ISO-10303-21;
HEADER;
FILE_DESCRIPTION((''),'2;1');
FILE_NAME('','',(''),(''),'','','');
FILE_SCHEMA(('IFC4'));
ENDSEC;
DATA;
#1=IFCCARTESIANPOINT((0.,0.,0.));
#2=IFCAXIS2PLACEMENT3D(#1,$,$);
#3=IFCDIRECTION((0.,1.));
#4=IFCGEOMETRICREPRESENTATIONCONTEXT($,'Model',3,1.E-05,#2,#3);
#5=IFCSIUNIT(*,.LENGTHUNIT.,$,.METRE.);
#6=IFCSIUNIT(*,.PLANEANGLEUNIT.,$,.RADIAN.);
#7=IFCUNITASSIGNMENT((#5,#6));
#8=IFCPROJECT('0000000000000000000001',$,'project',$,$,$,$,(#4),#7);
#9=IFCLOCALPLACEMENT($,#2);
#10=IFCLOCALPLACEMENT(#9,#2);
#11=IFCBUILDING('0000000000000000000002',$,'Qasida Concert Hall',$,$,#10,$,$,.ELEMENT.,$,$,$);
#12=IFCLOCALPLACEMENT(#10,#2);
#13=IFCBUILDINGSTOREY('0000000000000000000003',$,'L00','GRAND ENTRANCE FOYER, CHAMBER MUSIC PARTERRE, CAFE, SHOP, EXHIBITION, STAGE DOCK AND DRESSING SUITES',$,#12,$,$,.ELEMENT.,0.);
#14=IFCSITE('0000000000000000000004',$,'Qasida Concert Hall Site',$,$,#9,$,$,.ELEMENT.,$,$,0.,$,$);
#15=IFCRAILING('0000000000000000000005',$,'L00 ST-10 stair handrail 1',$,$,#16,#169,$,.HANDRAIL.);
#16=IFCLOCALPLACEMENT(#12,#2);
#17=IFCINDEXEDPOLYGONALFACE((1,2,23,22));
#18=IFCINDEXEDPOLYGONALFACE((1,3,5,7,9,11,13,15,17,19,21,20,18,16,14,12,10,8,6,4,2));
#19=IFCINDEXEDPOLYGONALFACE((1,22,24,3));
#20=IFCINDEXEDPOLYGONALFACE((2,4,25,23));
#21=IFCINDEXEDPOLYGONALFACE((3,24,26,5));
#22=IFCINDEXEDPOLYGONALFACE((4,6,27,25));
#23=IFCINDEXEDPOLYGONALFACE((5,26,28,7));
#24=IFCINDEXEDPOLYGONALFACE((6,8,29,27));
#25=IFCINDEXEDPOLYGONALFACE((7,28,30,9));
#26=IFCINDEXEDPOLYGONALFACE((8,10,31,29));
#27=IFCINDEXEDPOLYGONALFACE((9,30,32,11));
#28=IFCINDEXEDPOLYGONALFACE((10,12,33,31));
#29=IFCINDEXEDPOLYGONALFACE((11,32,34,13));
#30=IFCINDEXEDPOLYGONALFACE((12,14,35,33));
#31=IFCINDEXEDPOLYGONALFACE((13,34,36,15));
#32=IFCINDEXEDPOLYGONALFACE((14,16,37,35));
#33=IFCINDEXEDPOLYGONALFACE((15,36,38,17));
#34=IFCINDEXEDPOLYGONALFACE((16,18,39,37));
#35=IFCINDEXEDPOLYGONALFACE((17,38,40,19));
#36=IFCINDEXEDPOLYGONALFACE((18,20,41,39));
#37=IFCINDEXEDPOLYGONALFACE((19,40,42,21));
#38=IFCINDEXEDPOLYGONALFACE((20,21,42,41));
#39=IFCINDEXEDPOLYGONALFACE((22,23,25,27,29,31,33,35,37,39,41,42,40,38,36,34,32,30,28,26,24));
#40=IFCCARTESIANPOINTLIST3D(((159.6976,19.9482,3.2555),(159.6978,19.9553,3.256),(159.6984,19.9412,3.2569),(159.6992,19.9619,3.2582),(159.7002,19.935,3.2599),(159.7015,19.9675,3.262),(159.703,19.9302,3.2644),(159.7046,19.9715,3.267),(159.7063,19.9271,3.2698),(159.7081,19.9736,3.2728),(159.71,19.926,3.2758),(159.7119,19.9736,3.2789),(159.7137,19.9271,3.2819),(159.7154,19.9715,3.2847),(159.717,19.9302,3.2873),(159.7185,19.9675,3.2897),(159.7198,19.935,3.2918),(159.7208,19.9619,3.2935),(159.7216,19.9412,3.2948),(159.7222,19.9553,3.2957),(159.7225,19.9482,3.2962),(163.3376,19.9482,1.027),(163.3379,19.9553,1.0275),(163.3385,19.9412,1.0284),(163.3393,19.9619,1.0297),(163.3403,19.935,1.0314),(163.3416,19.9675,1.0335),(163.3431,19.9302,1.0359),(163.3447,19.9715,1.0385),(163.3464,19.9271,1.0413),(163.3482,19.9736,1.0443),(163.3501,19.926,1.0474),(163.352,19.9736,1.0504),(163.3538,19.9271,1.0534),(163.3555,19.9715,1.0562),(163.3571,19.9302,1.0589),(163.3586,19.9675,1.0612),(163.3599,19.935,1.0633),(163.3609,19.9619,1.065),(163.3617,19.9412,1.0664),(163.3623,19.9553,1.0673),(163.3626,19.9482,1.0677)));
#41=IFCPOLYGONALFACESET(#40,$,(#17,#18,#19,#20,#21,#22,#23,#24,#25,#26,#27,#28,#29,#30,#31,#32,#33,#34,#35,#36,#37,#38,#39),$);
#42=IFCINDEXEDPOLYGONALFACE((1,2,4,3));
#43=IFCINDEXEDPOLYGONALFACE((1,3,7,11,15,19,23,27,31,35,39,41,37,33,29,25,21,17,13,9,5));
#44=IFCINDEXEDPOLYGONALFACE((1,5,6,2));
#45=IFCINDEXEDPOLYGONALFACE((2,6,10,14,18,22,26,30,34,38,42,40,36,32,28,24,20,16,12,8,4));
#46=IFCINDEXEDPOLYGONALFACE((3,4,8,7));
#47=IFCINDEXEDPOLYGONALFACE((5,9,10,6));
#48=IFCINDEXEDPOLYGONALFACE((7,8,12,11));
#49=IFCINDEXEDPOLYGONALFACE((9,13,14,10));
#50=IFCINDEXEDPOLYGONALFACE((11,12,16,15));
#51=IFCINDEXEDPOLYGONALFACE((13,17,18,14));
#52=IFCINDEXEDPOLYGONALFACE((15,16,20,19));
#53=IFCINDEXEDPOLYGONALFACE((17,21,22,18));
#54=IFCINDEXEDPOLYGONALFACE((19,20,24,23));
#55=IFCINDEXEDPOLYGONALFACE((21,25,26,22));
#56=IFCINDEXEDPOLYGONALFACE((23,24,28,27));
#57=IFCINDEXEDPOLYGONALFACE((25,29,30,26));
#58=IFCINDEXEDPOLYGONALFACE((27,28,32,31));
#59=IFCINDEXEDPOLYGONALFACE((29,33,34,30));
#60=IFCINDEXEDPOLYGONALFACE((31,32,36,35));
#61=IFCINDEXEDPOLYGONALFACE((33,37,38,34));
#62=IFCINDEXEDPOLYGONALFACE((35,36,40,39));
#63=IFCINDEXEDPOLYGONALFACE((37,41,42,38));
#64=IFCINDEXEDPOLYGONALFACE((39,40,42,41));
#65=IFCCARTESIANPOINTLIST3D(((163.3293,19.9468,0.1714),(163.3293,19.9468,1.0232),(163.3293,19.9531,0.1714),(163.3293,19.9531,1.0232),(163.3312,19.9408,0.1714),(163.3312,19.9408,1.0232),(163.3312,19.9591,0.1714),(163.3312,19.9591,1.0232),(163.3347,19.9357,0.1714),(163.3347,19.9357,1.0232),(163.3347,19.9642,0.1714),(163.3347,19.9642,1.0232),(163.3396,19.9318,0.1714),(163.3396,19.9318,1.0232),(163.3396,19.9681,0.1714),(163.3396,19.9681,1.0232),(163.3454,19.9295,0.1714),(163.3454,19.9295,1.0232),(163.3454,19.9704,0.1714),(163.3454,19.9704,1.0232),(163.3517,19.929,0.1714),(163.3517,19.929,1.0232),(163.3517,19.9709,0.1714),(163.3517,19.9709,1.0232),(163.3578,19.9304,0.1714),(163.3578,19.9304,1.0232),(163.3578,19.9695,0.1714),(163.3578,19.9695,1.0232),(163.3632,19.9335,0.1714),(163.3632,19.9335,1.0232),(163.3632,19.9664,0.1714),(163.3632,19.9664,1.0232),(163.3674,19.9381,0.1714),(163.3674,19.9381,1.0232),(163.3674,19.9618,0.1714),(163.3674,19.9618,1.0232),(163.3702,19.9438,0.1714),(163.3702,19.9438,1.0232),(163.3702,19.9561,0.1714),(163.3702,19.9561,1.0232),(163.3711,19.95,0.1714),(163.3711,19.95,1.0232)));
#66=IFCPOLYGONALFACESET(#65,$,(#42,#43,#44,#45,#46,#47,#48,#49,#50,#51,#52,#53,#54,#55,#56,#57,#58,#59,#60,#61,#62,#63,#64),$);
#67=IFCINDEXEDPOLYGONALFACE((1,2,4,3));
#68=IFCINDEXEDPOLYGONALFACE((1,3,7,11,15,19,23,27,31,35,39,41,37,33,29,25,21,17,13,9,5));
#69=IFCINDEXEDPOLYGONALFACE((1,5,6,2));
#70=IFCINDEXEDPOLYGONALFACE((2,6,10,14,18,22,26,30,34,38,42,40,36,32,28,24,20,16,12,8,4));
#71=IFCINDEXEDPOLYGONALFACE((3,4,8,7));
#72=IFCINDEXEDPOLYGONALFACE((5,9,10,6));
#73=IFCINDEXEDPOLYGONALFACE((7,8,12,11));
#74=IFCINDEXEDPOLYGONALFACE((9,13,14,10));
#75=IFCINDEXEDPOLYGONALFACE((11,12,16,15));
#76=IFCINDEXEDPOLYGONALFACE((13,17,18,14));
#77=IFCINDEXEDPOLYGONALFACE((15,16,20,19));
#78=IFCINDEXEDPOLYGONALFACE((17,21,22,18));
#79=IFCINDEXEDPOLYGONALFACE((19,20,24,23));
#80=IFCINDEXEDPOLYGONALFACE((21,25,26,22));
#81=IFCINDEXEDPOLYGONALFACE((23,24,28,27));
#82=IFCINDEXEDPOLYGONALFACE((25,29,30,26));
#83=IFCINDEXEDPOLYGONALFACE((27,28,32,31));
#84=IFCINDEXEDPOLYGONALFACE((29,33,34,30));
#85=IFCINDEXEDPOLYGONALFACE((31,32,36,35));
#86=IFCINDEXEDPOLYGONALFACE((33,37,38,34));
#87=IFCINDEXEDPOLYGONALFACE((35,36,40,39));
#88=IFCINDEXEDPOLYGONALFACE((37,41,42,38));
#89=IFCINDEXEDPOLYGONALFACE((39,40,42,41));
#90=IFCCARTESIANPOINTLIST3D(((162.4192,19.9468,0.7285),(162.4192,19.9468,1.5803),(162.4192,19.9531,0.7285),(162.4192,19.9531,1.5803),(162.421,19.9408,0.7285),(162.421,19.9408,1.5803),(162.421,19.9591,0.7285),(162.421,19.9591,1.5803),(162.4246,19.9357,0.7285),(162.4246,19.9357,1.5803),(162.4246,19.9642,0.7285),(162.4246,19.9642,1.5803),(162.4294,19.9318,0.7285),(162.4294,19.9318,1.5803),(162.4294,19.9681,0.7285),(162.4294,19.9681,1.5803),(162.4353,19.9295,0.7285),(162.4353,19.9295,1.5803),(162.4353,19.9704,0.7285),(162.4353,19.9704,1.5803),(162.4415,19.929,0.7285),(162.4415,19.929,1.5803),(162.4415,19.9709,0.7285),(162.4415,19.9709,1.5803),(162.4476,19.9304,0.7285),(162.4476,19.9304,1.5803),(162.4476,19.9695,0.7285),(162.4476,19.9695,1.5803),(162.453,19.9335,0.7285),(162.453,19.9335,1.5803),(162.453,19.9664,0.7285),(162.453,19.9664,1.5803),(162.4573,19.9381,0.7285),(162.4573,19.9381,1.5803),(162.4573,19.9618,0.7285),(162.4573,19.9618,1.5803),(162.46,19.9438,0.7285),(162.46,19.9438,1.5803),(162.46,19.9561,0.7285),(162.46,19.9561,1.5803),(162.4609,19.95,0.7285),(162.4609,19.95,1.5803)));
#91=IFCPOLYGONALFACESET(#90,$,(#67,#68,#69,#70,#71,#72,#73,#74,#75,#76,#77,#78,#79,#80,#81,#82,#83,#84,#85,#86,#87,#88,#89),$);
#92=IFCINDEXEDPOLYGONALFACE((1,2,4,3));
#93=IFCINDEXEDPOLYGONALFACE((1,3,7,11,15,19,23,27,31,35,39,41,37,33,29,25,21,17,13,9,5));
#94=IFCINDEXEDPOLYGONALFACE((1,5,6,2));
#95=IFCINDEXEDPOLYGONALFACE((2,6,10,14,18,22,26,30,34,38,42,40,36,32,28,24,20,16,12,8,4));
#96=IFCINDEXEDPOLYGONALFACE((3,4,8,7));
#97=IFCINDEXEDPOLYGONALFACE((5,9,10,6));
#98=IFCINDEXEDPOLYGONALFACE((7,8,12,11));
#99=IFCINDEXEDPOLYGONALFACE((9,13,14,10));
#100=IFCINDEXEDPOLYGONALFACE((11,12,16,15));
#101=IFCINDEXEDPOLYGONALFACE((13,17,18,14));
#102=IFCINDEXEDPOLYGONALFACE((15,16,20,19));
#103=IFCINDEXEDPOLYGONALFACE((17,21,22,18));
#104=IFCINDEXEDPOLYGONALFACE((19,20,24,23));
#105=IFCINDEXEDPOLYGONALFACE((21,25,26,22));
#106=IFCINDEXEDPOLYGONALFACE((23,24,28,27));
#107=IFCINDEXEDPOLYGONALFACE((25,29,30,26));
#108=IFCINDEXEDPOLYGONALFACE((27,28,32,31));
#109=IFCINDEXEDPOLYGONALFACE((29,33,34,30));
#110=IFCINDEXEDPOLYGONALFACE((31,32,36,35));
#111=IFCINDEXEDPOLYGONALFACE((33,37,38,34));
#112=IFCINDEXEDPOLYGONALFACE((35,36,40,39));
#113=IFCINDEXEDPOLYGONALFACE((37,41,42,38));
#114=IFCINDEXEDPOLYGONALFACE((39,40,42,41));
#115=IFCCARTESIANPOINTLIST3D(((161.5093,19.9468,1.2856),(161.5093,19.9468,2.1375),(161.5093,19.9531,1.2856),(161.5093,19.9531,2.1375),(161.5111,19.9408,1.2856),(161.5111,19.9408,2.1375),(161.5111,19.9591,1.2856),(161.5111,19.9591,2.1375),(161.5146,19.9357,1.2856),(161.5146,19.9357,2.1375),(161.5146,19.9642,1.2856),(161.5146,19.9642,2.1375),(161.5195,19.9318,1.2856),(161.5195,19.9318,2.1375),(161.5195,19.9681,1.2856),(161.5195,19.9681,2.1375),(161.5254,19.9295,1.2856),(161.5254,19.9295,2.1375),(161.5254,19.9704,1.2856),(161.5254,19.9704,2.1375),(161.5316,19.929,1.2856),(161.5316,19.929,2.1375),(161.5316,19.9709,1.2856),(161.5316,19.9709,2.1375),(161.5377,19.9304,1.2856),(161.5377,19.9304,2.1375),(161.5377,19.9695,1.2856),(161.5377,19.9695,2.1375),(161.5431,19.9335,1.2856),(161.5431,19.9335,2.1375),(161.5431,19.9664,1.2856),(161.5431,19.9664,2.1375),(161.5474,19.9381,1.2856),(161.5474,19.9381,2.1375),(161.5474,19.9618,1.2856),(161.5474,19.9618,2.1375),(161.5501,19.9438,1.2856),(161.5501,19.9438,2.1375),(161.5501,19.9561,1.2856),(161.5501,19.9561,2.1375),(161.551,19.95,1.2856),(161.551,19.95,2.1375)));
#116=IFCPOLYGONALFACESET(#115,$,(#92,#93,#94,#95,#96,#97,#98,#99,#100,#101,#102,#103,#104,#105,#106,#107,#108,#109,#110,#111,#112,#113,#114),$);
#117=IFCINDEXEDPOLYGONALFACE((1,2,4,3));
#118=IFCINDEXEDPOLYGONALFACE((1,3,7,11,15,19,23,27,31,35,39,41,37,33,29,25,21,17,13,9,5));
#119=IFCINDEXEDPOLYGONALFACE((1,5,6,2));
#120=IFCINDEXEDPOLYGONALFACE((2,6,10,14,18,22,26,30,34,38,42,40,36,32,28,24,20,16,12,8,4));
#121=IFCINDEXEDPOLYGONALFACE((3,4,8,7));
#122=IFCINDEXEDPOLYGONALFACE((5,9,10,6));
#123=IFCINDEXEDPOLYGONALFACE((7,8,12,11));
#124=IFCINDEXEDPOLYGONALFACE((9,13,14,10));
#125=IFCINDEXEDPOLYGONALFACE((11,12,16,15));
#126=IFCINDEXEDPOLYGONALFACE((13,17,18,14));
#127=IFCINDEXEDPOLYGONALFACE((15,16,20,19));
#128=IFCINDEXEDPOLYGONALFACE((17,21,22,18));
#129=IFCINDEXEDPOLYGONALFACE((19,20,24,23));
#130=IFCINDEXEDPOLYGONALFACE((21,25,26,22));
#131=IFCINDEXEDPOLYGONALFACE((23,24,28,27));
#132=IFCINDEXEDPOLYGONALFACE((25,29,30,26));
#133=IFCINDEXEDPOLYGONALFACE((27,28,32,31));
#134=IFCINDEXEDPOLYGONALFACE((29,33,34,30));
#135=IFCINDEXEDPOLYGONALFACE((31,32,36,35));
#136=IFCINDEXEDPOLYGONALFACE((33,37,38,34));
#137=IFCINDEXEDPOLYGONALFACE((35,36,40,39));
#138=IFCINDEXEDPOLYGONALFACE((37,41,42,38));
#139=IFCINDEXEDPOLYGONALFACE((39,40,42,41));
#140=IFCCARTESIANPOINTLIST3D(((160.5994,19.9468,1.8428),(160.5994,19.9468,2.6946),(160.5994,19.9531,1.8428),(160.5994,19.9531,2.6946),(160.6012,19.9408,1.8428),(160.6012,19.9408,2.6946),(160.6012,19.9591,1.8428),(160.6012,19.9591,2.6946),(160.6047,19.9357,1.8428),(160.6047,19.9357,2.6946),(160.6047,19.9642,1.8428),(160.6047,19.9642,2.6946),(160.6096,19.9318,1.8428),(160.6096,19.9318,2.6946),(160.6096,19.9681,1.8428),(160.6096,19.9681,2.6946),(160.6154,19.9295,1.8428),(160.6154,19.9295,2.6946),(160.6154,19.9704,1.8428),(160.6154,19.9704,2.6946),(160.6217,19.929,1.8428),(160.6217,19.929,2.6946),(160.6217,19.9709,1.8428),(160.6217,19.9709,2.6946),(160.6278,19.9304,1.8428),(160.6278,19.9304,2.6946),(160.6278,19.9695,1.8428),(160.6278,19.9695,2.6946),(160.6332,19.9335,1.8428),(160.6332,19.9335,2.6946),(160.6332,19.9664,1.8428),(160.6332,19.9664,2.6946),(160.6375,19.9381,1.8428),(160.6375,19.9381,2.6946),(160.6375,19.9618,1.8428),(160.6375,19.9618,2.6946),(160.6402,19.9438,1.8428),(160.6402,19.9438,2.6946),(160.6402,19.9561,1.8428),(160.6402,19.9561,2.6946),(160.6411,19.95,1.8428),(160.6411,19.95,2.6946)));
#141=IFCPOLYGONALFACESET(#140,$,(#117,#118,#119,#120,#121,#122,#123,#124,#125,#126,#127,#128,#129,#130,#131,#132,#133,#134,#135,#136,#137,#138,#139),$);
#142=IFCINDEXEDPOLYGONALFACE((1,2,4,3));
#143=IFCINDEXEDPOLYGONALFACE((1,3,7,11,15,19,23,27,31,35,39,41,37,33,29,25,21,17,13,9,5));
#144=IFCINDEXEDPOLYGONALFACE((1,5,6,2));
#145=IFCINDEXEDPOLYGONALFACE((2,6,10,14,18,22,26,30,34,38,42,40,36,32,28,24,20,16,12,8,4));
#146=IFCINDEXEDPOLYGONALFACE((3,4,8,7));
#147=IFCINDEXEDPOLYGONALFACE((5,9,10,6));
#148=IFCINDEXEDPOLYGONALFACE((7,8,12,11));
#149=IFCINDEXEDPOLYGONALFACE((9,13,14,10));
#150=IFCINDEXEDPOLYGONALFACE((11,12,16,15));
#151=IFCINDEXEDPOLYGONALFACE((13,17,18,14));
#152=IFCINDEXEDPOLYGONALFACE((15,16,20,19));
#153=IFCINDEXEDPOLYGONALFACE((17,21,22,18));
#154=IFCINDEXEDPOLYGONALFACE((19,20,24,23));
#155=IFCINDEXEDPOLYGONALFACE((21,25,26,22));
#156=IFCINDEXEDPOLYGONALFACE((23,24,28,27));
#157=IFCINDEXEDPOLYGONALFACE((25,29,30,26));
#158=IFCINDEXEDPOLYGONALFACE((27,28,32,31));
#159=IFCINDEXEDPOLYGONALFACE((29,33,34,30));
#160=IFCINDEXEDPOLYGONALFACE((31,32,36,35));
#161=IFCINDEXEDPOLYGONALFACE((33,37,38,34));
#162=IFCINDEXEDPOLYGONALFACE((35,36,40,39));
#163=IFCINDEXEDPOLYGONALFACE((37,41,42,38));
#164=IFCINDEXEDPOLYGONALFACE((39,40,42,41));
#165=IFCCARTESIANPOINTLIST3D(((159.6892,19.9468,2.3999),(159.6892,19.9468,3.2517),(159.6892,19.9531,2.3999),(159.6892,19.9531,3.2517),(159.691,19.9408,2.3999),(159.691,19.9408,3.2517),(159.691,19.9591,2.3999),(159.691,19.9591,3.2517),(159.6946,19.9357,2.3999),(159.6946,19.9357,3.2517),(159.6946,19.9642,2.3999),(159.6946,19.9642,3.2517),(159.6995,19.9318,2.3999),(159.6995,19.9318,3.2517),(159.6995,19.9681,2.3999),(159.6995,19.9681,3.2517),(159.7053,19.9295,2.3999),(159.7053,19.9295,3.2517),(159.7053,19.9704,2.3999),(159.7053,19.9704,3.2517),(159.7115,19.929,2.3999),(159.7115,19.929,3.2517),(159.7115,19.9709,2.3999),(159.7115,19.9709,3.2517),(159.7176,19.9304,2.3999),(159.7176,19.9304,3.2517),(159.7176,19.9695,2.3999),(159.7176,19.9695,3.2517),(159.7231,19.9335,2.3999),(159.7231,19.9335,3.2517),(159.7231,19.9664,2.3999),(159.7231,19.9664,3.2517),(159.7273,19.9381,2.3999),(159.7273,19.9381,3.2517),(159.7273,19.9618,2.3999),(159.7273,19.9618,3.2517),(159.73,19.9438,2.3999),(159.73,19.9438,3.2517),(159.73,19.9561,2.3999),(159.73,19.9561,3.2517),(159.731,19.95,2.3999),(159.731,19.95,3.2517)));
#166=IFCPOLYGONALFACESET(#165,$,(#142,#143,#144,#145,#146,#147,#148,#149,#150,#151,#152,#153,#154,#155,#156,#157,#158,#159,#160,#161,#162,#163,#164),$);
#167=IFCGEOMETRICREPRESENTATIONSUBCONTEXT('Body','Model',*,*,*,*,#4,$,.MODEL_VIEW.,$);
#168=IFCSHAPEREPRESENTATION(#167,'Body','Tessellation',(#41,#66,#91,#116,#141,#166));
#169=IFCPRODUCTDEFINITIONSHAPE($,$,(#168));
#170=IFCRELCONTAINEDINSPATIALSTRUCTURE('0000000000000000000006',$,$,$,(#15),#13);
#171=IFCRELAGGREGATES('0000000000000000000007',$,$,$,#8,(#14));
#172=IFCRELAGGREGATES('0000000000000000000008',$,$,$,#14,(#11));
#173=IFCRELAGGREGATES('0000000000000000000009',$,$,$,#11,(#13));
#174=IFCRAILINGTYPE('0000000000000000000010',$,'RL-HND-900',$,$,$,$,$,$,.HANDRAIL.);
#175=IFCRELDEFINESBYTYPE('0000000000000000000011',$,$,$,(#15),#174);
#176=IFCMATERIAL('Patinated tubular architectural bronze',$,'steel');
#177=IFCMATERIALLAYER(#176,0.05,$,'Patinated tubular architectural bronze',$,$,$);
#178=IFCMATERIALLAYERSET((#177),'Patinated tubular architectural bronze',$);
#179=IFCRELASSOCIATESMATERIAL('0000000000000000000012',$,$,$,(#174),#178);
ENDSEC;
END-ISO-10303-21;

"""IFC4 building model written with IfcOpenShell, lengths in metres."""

from ifc_helpers import new_model, si_unit, direction, frame, origin, origin_2d, place, context, subcontext, project, spatial, circle, extrude, material, layer, layer_set, type_object, element, save


model = new_model("IFC4")

# Units and contexts
model_context = context("Model", 3, precision=1e-05, world=origin(), true_north=direction((0.0, 1.0)))
body_context = subcontext(model_context, "Body", "Model", "MODEL_VIEW")
ifc_project = project(units=[si_unit("LENGTHUNIT", "METRE"), si_unit("PLANEANGLEUNIT", "RADIAN")], contexts=[model_context])

# Site, building, storey
site_placement = place(None, origin())
site = spatial("IfcSite", under=ifc_project, at=site_placement, Name="Qasida Concert Hall Site", CompositionType="ELEMENT", RefElevation=0.0)
building_placement = place(site_placement, origin())
building = spatial("IfcBuilding", under=site, at=building_placement, Name="Qasida Concert Hall", CompositionType="ELEMENT")
storey_placement = place(building_placement, origin())
storey = spatial("IfcBuildingStorey", under=building, at=storey_placement, Name="L00", Description="GRAND ENTRANCE FOYER, CHAMBER MUSIC PARTERRE, CAFE, SHOP, EXHIBITION, STAGE DOCK AND DRESSING SUITES", CompositionType="ELEMENT", Elevation=0.0)

# Railing
ifc_material_1 = material(Name="Patinated tubular architectural bronze", Category="steel")
ifc_layer_1 = layer(ifc_material_1, 0.05, Name="Patinated tubular architectural bronze")
ifc_layer_set_1 = layer_set([ifc_layer_1], Name="Patinated tubular architectural bronze")
railing_type_1 = type_object("IfcRailingType", Name="RL-HND-900", PredefinedType="HANDRAIL", material=ifc_layer_set_1)
railing_1_placement = place(storey_placement, frame((163.3501, 19.95, 0.1714)))
element("IfcRailing", 1, at=railing_1_placement, inside=storey, type_object=railing_type_1, Name="L00 ST-10 stair handrail 1", PredefinedType="HANDRAIL", context=body_context, shape_type="SweptSolid", body=[
    extrude(circle(Radius=0.0239, at=origin_2d()), frame((0.0, 0.0, 0.876), z_axis=(-0.852866, 0.0, 0.52213), x_axis=(0.0, -1.0, 0.0)), (0.0, 0.0, 1.0), 4.2681),
    extrude(circle(Radius=0.021, at=origin_2d()), origin(), (0.0, 0.0, 1.0), 0.8518),
    extrude(circle(Radius=0.021, at=origin_2d()), frame((-0.9102, 0.0, 0.5571)), (0.0, 0.0, 1.0), 0.8518),
    extrude(circle(Radius=0.021, at=origin_2d()), frame((-1.8201, 0.0, 1.1143)), (0.0, 0.0, 1.0), 0.8518),
    extrude(circle(Radius=0.021, at=origin_2d()), frame((-2.73, 0.0, 1.6714)), (0.0, 0.0, 1.0), 0.8518),
    extrude(circle(Radius=0.021, at=origin_2d()), frame((-3.6401, 0.0, 2.2285)), (0.0, 0.0, 1.0), 0.8518),
])

save(model, "model.ifc")
